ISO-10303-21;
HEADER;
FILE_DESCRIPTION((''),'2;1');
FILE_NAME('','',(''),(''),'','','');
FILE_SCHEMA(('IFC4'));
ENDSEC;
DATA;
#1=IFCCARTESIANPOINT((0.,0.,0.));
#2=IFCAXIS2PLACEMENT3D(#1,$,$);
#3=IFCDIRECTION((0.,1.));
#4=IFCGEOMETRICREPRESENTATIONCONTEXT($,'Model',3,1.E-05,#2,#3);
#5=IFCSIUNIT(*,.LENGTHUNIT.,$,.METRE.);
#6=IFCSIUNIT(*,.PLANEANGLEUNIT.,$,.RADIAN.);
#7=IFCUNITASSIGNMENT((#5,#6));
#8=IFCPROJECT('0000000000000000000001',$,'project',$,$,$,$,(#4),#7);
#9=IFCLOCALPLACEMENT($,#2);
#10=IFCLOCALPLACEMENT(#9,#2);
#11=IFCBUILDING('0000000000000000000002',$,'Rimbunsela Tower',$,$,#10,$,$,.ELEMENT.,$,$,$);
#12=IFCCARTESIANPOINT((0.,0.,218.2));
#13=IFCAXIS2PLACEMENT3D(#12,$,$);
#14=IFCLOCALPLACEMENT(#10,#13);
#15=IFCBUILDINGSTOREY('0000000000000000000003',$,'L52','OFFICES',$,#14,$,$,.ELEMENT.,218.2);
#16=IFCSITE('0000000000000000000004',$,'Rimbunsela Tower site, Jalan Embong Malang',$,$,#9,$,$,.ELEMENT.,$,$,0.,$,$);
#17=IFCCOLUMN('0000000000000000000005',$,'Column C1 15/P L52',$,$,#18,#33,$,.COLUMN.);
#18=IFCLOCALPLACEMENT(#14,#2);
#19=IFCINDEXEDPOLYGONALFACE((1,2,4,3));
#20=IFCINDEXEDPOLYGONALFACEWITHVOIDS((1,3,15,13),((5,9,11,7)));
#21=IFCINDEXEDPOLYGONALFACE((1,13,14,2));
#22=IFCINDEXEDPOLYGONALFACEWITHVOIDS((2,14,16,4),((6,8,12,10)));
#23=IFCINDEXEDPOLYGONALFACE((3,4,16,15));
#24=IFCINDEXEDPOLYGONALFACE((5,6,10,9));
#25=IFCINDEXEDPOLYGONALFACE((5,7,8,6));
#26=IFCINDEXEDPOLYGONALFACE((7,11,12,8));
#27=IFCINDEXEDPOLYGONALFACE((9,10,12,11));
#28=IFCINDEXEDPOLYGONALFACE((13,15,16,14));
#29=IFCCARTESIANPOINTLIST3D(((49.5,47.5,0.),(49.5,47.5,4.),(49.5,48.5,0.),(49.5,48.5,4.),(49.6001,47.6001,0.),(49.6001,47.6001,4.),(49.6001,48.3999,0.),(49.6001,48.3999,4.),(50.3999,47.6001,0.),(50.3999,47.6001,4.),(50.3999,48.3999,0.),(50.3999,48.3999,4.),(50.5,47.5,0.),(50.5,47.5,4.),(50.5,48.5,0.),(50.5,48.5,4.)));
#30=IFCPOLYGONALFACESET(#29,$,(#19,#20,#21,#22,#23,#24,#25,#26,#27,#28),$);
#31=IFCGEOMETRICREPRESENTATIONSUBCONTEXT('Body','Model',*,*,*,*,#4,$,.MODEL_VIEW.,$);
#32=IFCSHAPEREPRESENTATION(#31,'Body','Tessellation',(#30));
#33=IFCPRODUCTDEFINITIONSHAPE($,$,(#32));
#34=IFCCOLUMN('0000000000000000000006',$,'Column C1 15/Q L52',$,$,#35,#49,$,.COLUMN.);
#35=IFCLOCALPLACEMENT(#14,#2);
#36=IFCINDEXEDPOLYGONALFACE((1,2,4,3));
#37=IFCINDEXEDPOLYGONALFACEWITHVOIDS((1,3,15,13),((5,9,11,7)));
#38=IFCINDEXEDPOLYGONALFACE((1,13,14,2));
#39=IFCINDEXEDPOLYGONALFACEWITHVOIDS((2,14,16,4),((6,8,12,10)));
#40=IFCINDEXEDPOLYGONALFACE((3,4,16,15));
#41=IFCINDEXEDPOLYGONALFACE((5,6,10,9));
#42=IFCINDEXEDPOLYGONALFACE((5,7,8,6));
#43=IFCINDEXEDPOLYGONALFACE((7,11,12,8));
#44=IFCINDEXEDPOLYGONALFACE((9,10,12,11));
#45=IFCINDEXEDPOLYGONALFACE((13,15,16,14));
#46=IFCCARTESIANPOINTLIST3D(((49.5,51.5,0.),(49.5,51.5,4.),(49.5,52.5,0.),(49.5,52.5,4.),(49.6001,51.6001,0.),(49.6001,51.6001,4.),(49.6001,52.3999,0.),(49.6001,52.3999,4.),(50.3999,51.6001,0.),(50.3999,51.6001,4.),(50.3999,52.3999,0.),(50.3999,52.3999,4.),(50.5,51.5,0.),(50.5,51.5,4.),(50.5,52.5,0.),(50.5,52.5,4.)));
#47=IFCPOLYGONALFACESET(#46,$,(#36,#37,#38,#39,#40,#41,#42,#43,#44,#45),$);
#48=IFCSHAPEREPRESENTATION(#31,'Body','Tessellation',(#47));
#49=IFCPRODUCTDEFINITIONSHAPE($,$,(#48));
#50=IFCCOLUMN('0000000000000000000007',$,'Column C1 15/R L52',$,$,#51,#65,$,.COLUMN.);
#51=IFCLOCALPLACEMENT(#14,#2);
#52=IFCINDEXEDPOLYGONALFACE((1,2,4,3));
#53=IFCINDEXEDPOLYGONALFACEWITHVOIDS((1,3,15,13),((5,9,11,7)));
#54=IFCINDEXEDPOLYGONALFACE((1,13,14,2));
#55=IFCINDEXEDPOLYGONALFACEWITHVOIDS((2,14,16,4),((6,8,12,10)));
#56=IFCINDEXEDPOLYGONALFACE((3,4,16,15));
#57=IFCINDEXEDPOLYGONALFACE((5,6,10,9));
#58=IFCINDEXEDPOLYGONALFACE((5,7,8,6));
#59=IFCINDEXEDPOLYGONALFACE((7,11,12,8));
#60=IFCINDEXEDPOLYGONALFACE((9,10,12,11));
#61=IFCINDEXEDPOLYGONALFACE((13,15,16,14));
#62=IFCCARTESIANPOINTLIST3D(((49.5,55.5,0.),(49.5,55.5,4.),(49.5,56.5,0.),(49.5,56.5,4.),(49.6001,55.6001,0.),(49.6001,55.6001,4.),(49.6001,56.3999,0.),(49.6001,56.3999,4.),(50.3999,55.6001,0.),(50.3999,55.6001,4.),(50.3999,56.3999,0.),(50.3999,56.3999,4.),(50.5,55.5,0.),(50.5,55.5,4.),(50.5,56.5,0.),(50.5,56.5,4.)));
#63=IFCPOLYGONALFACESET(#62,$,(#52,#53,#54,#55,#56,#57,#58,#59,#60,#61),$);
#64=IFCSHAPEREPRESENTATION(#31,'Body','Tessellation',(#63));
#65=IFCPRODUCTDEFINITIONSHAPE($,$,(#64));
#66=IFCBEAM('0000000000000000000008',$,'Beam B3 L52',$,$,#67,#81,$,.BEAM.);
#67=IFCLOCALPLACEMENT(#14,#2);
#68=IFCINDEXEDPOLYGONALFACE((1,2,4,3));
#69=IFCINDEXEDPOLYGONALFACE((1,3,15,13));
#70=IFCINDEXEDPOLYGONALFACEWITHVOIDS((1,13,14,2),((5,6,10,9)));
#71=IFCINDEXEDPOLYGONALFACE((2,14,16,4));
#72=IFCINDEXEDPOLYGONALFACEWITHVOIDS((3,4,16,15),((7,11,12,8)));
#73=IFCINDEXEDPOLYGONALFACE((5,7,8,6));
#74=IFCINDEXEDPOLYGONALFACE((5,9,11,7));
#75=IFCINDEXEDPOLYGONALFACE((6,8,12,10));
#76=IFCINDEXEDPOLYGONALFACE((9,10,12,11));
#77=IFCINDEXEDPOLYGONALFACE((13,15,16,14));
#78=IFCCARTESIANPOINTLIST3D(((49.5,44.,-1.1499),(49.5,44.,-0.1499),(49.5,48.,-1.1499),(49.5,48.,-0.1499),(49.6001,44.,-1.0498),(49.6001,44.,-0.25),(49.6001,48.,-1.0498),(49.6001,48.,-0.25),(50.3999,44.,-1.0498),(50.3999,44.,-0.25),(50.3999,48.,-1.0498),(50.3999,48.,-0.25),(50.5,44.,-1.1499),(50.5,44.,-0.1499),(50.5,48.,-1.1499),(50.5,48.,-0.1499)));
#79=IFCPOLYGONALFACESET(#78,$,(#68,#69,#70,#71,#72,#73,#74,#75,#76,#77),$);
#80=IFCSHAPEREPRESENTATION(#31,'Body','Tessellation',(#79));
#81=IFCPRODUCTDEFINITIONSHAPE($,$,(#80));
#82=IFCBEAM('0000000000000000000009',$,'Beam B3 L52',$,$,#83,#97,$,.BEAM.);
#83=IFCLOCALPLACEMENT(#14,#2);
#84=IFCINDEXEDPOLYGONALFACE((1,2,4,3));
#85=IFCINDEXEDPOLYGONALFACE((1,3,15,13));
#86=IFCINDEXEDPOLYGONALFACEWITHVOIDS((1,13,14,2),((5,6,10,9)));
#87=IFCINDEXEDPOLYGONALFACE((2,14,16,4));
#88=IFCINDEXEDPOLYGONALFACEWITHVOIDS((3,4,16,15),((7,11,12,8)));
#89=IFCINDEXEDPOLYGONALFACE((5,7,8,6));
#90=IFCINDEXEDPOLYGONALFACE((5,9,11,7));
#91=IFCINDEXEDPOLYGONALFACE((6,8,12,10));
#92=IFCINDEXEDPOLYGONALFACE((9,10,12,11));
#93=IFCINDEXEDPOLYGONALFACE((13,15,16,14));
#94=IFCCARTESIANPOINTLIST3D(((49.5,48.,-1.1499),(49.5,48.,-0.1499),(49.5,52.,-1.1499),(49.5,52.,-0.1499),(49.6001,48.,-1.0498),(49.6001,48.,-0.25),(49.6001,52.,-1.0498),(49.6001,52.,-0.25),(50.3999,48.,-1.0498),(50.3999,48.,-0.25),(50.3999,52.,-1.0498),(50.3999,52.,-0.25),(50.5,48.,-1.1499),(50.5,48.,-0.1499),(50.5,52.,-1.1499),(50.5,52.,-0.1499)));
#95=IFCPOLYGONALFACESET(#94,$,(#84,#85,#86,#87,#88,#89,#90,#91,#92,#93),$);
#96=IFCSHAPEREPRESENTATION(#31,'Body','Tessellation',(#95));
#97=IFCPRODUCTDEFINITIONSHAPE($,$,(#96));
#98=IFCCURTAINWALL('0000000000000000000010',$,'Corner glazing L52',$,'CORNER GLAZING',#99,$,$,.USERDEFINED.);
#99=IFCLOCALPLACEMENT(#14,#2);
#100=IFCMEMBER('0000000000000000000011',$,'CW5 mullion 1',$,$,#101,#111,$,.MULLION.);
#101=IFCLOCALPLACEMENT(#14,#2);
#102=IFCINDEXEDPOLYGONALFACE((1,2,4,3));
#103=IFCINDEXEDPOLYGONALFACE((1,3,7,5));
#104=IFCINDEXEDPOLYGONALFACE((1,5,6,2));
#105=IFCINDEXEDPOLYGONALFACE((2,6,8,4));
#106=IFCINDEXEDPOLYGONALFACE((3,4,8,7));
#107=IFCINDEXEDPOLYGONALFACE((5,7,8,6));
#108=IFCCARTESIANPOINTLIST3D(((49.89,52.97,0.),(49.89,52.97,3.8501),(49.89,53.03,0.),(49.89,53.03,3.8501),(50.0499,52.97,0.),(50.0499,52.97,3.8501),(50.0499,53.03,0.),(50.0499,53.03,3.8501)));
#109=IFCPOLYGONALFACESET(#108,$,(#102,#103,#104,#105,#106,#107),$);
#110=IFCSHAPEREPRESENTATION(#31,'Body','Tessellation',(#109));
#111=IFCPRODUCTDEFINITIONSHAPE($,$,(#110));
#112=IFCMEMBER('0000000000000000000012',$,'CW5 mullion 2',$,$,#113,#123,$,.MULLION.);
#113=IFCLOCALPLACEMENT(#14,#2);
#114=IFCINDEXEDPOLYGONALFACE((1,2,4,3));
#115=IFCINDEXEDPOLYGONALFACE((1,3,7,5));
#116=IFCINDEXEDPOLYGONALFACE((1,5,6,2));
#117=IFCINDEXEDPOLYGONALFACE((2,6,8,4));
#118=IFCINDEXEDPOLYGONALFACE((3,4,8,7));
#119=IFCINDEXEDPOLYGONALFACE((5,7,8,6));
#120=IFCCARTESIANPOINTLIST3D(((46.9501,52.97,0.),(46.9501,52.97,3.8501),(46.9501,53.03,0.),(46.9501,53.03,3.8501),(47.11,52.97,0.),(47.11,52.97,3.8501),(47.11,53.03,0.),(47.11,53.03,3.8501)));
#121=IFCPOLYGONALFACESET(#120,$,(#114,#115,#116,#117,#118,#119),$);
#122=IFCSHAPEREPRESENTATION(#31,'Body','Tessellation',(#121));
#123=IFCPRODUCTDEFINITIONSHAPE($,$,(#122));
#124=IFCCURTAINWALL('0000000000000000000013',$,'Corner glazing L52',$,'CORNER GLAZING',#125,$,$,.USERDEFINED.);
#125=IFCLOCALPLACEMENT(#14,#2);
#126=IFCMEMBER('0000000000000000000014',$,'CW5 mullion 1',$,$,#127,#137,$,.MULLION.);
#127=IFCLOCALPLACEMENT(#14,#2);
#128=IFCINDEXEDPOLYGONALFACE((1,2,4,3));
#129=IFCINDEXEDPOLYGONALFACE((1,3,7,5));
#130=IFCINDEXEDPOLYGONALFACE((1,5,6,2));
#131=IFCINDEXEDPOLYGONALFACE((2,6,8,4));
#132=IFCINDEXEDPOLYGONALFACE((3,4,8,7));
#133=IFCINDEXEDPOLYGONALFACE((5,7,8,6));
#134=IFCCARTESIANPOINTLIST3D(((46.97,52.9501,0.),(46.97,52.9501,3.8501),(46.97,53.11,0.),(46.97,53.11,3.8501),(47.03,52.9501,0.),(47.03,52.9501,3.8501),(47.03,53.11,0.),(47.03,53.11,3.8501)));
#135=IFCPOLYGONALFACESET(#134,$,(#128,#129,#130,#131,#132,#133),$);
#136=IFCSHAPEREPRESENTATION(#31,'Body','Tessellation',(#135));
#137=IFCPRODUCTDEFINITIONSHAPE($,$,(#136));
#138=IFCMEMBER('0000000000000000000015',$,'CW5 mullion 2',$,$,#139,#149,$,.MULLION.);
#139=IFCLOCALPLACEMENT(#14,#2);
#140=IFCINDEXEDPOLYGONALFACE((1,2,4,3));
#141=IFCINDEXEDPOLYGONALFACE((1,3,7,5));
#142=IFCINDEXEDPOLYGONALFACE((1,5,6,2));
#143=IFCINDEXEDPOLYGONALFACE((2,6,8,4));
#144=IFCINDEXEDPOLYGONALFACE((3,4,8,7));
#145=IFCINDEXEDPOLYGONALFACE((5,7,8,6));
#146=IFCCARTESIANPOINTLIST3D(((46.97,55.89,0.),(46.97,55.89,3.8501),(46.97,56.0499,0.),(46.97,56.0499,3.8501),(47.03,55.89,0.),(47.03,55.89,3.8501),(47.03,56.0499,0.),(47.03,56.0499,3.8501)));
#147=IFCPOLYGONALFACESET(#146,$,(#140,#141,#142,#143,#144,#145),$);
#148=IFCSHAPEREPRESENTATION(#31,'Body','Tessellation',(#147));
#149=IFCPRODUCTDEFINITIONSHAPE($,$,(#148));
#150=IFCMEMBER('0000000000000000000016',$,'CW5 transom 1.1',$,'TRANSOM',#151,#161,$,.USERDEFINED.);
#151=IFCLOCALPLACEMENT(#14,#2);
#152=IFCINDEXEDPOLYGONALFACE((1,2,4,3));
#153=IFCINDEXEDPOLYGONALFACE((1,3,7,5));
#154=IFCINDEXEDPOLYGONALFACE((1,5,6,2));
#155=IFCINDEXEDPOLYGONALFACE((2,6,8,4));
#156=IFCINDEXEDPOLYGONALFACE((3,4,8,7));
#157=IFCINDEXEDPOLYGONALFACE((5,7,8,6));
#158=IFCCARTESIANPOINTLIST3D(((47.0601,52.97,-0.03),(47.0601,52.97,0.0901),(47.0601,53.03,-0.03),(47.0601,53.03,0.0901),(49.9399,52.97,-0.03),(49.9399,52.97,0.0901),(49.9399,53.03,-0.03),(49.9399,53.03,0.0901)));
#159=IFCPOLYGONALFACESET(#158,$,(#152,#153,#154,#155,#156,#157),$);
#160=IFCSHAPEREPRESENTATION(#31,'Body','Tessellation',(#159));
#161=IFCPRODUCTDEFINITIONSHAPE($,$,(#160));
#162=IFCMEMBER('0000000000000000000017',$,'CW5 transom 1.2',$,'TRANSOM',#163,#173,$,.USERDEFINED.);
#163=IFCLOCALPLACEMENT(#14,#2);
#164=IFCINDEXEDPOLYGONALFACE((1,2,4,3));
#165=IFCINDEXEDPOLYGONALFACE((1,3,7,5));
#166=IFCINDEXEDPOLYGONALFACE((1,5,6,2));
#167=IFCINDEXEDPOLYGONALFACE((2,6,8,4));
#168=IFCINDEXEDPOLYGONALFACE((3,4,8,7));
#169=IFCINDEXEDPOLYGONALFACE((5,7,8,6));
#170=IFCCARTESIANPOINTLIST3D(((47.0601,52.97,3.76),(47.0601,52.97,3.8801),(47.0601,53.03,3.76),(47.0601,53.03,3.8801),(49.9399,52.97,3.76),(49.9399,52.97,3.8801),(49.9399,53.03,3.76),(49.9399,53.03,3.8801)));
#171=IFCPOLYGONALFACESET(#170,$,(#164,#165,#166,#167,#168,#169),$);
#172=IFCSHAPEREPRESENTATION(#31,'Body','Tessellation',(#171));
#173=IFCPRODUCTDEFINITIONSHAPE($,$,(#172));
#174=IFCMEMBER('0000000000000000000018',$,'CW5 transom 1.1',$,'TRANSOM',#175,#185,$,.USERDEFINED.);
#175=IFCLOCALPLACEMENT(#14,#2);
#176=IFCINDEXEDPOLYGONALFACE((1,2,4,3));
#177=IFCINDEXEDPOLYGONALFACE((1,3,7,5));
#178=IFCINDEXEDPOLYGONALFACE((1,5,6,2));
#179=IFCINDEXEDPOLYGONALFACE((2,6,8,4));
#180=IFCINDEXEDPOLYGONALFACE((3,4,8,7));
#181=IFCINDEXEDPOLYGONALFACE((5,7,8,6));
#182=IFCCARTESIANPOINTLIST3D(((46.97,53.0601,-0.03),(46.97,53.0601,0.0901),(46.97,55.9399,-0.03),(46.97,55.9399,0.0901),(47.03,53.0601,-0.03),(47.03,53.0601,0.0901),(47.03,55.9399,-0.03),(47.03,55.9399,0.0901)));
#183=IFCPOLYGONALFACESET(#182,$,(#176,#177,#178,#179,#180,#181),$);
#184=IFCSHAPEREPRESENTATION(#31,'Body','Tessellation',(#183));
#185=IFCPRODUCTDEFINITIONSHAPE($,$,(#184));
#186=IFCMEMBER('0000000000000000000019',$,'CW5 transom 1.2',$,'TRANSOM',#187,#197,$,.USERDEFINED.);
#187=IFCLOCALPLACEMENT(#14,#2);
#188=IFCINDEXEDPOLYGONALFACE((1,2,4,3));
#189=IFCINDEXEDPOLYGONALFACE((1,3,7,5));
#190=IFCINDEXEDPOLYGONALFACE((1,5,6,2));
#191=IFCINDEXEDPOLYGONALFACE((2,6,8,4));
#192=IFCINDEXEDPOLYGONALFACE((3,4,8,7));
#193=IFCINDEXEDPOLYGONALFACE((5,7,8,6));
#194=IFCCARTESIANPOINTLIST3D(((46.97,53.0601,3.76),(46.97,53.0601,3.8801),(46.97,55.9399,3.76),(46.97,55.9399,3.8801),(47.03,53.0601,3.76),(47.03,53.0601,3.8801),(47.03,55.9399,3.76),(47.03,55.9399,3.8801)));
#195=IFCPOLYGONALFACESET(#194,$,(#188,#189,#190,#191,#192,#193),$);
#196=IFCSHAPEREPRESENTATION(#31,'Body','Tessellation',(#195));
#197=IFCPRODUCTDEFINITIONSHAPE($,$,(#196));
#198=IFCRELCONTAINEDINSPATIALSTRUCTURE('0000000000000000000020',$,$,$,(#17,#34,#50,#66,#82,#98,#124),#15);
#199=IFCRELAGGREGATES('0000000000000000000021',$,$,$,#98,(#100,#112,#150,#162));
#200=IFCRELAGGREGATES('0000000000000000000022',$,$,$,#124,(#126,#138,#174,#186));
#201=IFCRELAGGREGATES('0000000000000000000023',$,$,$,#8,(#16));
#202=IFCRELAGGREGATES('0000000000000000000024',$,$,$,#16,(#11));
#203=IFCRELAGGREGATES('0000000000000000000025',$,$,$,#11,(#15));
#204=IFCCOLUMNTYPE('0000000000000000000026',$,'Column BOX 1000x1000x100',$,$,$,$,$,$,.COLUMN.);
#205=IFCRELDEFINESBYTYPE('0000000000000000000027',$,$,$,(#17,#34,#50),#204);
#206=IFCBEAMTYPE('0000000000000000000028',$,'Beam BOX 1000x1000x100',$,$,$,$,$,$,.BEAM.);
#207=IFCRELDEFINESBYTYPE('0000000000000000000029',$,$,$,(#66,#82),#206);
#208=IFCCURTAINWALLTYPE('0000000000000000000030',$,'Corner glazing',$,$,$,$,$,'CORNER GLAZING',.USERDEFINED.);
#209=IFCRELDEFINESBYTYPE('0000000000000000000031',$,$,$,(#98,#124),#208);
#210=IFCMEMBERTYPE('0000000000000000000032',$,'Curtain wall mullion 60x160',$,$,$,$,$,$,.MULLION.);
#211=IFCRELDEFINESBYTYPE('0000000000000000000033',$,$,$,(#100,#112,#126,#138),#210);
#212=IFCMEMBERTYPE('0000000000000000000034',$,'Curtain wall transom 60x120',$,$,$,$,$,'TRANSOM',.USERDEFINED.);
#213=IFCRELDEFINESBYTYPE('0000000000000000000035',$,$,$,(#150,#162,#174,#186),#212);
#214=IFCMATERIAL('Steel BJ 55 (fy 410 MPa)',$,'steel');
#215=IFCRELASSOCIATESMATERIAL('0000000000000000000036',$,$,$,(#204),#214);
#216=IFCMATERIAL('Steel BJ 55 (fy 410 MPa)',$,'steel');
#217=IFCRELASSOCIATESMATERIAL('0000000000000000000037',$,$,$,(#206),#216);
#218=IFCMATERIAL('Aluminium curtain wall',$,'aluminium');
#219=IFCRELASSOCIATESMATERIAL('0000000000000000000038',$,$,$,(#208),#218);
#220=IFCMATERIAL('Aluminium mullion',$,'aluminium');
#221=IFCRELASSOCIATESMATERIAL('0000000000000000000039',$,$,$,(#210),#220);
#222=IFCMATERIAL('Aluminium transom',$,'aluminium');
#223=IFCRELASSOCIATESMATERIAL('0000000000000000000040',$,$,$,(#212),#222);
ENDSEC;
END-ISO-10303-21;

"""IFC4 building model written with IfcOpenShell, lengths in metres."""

from ifc_helpers import new_model, si_unit, direction, frame, origin, origin_2d, place, context, subcontext, project, spatial, rectangle, hollow_rectangle, extrude, material, material_profile, profile_set, type_object, element, aggregate, save


model = new_model("IFC4")

# Units and contexts
model_context = context("Model", 3, precision=1e-05, world=origin(), true_north=direction((0.0, 1.0)))
body_context = subcontext(model_context, "Body", "Model", "MODEL_VIEW")
ifc_project = project(units=[si_unit("LENGTHUNIT", "METRE"), si_unit("PLANEANGLEUNIT", "RADIAN")], contexts=[model_context])

# Site, building, storey
site_placement = place(None, origin())
site = spatial("IfcSite", under=ifc_project, at=site_placement, Name="Rimbunsela Tower site, Jalan Embong Malang", CompositionType="ELEMENT", RefElevation=0.0)
building_placement = place(site_placement, origin())
building = spatial("IfcBuilding", under=site, at=building_placement, Name="Rimbunsela Tower", CompositionType="ELEMENT")
storey_placement = place(building_placement, frame((0.0, 0.0, 218.2)))
storey = spatial("IfcBuildingStorey", under=building, at=storey_placement, Name="L52", Description="OFFICES", CompositionType="ELEMENT", Elevation=218.2)

# Columns
ifc_material_1 = material(Name="Steel BJ 55 (fy 410 MPa)", Category="steel")
ifc_material_profile_1 = material_profile(ifc_material_1, hollow_rectangle(XDim=1.0, YDim=1.0, WallThickness=0.1001, at=origin_2d()), Name="BOX 1000x1000x100")
ifc_profile_set_1 = profile_set([ifc_material_profile_1], Name="Steel BJ 55 (fy 410 MPa)")
column_type = type_object("IfcColumnType", Name="Column BOX 1000x1000x100", PredefinedType="COLUMN", material=ifc_profile_set_1)
for number, where, z_axis, x_axis, name in (
    (1, (50.0, 48.0, 0.0), (0.0, 0.0, 1.0), (1.0, 0.0, 0.0), "Column C1 15/P L52"),
    (2, (50.0, 52.0, 0.0), (0.0, 0.0, 1.0), (1.0, 0.0, 0.0), "Column C1 15/Q L52"),
    (3, (50.0, 56.0, 0.0), (0.0, 0.0, 1.0), (1.0, 0.0, 0.0), "Column C1 15/R L52"),
):
    element("IfcColumn", number, at=place(storey_placement, frame(where, z_axis=z_axis, x_axis=x_axis)), inside=storey, type_object=column_type, Name=name, PredefinedType="COLUMN", context=body_context, shape_type="SweptSolid", body=[
        extrude(hollow_rectangle(XDim=1.0, YDim=1.0, WallThickness=0.1001, at=origin_2d()), origin(), (0.0, 0.0, 1.0), 4.0),
    ])

# Beams
ifc_material_2 = material(Name="Steel BJ 55 (fy 410 MPa)", Category="steel")
ifc_material_profile_2 = material_profile(ifc_material_2, hollow_rectangle(XDim=1.0, YDim=1.0, WallThickness=0.1001, at=origin_2d()), Name="BOX 1000x1000x100")
ifc_profile_set_2 = profile_set([ifc_material_profile_2], Name="Steel BJ 55 (fy 410 MPa)")
beam_type = type_object("IfcBeamType", Name="Beam BOX 1000x1000x100", PredefinedType="BEAM", material=ifc_profile_set_2)
for number, where, z_axis, x_axis, name in (
    (4, (50.0, 44.0, -0.6499), (0.0, 1.0, 0.0), (-1.0, 0.0, 0.0), "Beam B3 L52"),
    (5, (50.0, 48.0, -0.6499), (0.0, 1.0, 0.0), (-1.0, 0.0, 0.0), "Beam B3 L52"),
):
    element("IfcBeam", number, at=place(storey_placement, frame(where, z_axis=z_axis, x_axis=x_axis)), inside=storey, type_object=beam_type, Name=name, PredefinedType="BEAM", context=body_context, shape_type="SweptSolid", body=[
        extrude(hollow_rectangle(XDim=1.0, YDim=1.0, WallThickness=0.1001, at=origin_2d()), origin(), (0.0, 0.0, 1.0), 4.0),
    ])

# Curtain walls, members
ifc_material_3 = material(Name="Aluminium curtain wall", Category="aluminium")
curtain_wall_type = type_object("IfcCurtainWallType", Name="Corner glazing", ElementType="CORNER GLAZING", PredefinedType="USERDEFINED", material=ifc_material_3)
curtain_wall_1_placement = place(storey_placement, origin())
curtain_wall_1 = element("IfcCurtainWall", 6, at=curtain_wall_1_placement, inside=storey, type_object=curtain_wall_type, Name="Corner glazing L52", ObjectType="CORNER GLAZING", PredefinedType="USERDEFINED")
ifc_material_4 = material(Name="Aluminium mullion", Category="aluminium")
ifc_material_profile_3 = material_profile(ifc_material_4, rectangle(XDim=0.0601, YDim=0.1599, at=origin_2d()), Name="Mullion 60x160")
ifc_profile_set_3 = profile_set([ifc_material_profile_3], Name="Aluminium mullion")
member_type_1 = type_object("IfcMemberType", Name="Curtain wall mullion 60x160", PredefinedType="MULLION", material=ifc_profile_set_3)
member_1_placement = place(storey_placement, frame((49.97, 53.0, 0.0), z_axis=(0.0, 0.0, 1.0), x_axis=(0.0, -1.0, 0.0)))
member_1 = element("IfcMember", 7, at=member_1_placement, type_object=member_type_1, Name="CW5 mullion 1", PredefinedType="MULLION", context=body_context, shape_type="SweptSolid", body=[
    extrude(rectangle(XDim=0.0601, YDim=0.1599, at=origin_2d()), origin(), (0.0, 0.0, 1.0), 3.8501),
])
member_2_placement = place(storey_placement, frame((47.03, 53.0, 0.0), z_axis=(0.0, 0.0, 1.0), x_axis=(0.0, -1.0, 0.0)))
member_2 = element("IfcMember", 8, at=member_2_placement, type_object=member_type_1, Name="CW5 mullion 2", PredefinedType="MULLION", context=body_context, shape_type="SweptSolid", body=[
    extrude(rectangle(XDim=0.0601, YDim=0.1599, at=origin_2d()), origin(), (0.0, 0.0, 1.0), 3.8501),
])
curtain_wall_2_placement = place(storey_placement, origin())
curtain_wall_2 = element("IfcCurtainWall", 9, at=curtain_wall_2_placement, inside=storey, type_object=curtain_wall_type, Name="Corner glazing L52", ObjectType="CORNER GLAZING", PredefinedType="USERDEFINED")
member_3_placement = place(storey_placement, frame((47.0, 53.03, 0.0), z_axis=(0.0, 0.0, 1.0), x_axis=(-1.0, 0.0, 0.0)))
member_3 = element("IfcMember", 10, at=member_3_placement, type_object=member_type_1, Name="CW5 mullion 1", PredefinedType="MULLION", context=body_context, shape_type="SweptSolid", body=[
    extrude(rectangle(XDim=0.0601, YDim=0.1599, at=origin_2d()), origin(), (0.0, 0.0, 1.0), 3.8501),
])
member_4_placement = place(storey_placement, frame((47.0, 55.97, 0.0), z_axis=(0.0, 0.0, 1.0), x_axis=(-1.0, 0.0, 0.0)))
member_4 = element("IfcMember", 11, at=member_4_placement, type_object=member_type_1, Name="CW5 mullion 2", PredefinedType="MULLION", context=body_context, shape_type="SweptSolid", body=[
    extrude(rectangle(XDim=0.0601, YDim=0.1599, at=origin_2d()), origin(), (0.0, 0.0, 1.0), 3.8501),
])

# Members
ifc_material_5 = material(Name="Aluminium transom", Category="aluminium")
ifc_material_profile_4 = material_profile(ifc_material_5, rectangle(XDim=0.0601, YDim=0.1201, at=origin_2d()), Name="Transom 60x120")
ifc_profile_set_4 = profile_set([ifc_material_profile_4], Name="Aluminium transom")
member_type_2 = type_object("IfcMemberType", Name="Curtain wall transom 60x120", ElementType="TRANSOM", PredefinedType="USERDEFINED", material=ifc_profile_set_4)
member_5_placement = place(storey_placement, frame((49.9399, 53.0, 0.03), z_axis=(-1.0, 0.0, 0.0), x_axis=(0.0, -1.0, 0.0)))
member_5 = element("IfcMember", 12, at=member_5_placement, type_object=member_type_2, Name="CW5 transom 1.1", ObjectType="TRANSOM", PredefinedType="USERDEFINED", context=body_context, shape_type="SweptSolid", body=[
    extrude(rectangle(XDim=0.0601, YDim=0.1201, at=origin_2d()), origin(), (0.0, 0.0, 1.0), 2.8799),
])
member_6_placement = place(storey_placement, frame((49.9399, 53.0, 3.8201), z_axis=(-1.0, 0.0, 0.0), x_axis=(0.0, -1.0, 0.0)))
member_6 = element("IfcMember", 13, at=member_6_placement, type_object=member_type_2, Name="CW5 transom 1.2", ObjectType="TRANSOM", PredefinedType="USERDEFINED", context=body_context, shape_type="SweptSolid", body=[
    extrude(rectangle(XDim=0.0601, YDim=0.1201, at=origin_2d()), origin(), (0.0, 0.0, 1.0), 2.8799),
])
member_7_placement = place(storey_placement, frame((47.0, 53.0601, 0.03), z_axis=(0.0, 1.0, 0.0), x_axis=(-1.0, 0.0, 0.0)))
member_7 = element("IfcMember", 14, at=member_7_placement, type_object=member_type_2, Name="CW5 transom 1.1", ObjectType="TRANSOM", PredefinedType="USERDEFINED", context=body_context, shape_type="SweptSolid", body=[
    extrude(rectangle(XDim=0.0601, YDim=0.1201, at=origin_2d()), origin(), (0.0, 0.0, 1.0), 2.8799),
])
member_8_placement = place(storey_placement, frame((47.0, 53.0601, 3.8201), z_axis=(0.0, 1.0, 0.0), x_axis=(-1.0, 0.0, 0.0)))
member_8 = element("IfcMember", 15, at=member_8_placement, type_object=member_type_2, Name="CW5 transom 1.2", ObjectType="TRANSOM", PredefinedType="USERDEFINED", context=body_context, shape_type="SweptSolid", body=[
    extrude(rectangle(XDim=0.0601, YDim=0.1201, at=origin_2d()), origin(), (0.0, 0.0, 1.0), 2.8799),
])

aggregate(curtain_wall_1, [member_1, member_2, member_5, member_6])
aggregate(curtain_wall_2, [member_3, member_4, member_7, member_8])

save(model, "model.ifc")
